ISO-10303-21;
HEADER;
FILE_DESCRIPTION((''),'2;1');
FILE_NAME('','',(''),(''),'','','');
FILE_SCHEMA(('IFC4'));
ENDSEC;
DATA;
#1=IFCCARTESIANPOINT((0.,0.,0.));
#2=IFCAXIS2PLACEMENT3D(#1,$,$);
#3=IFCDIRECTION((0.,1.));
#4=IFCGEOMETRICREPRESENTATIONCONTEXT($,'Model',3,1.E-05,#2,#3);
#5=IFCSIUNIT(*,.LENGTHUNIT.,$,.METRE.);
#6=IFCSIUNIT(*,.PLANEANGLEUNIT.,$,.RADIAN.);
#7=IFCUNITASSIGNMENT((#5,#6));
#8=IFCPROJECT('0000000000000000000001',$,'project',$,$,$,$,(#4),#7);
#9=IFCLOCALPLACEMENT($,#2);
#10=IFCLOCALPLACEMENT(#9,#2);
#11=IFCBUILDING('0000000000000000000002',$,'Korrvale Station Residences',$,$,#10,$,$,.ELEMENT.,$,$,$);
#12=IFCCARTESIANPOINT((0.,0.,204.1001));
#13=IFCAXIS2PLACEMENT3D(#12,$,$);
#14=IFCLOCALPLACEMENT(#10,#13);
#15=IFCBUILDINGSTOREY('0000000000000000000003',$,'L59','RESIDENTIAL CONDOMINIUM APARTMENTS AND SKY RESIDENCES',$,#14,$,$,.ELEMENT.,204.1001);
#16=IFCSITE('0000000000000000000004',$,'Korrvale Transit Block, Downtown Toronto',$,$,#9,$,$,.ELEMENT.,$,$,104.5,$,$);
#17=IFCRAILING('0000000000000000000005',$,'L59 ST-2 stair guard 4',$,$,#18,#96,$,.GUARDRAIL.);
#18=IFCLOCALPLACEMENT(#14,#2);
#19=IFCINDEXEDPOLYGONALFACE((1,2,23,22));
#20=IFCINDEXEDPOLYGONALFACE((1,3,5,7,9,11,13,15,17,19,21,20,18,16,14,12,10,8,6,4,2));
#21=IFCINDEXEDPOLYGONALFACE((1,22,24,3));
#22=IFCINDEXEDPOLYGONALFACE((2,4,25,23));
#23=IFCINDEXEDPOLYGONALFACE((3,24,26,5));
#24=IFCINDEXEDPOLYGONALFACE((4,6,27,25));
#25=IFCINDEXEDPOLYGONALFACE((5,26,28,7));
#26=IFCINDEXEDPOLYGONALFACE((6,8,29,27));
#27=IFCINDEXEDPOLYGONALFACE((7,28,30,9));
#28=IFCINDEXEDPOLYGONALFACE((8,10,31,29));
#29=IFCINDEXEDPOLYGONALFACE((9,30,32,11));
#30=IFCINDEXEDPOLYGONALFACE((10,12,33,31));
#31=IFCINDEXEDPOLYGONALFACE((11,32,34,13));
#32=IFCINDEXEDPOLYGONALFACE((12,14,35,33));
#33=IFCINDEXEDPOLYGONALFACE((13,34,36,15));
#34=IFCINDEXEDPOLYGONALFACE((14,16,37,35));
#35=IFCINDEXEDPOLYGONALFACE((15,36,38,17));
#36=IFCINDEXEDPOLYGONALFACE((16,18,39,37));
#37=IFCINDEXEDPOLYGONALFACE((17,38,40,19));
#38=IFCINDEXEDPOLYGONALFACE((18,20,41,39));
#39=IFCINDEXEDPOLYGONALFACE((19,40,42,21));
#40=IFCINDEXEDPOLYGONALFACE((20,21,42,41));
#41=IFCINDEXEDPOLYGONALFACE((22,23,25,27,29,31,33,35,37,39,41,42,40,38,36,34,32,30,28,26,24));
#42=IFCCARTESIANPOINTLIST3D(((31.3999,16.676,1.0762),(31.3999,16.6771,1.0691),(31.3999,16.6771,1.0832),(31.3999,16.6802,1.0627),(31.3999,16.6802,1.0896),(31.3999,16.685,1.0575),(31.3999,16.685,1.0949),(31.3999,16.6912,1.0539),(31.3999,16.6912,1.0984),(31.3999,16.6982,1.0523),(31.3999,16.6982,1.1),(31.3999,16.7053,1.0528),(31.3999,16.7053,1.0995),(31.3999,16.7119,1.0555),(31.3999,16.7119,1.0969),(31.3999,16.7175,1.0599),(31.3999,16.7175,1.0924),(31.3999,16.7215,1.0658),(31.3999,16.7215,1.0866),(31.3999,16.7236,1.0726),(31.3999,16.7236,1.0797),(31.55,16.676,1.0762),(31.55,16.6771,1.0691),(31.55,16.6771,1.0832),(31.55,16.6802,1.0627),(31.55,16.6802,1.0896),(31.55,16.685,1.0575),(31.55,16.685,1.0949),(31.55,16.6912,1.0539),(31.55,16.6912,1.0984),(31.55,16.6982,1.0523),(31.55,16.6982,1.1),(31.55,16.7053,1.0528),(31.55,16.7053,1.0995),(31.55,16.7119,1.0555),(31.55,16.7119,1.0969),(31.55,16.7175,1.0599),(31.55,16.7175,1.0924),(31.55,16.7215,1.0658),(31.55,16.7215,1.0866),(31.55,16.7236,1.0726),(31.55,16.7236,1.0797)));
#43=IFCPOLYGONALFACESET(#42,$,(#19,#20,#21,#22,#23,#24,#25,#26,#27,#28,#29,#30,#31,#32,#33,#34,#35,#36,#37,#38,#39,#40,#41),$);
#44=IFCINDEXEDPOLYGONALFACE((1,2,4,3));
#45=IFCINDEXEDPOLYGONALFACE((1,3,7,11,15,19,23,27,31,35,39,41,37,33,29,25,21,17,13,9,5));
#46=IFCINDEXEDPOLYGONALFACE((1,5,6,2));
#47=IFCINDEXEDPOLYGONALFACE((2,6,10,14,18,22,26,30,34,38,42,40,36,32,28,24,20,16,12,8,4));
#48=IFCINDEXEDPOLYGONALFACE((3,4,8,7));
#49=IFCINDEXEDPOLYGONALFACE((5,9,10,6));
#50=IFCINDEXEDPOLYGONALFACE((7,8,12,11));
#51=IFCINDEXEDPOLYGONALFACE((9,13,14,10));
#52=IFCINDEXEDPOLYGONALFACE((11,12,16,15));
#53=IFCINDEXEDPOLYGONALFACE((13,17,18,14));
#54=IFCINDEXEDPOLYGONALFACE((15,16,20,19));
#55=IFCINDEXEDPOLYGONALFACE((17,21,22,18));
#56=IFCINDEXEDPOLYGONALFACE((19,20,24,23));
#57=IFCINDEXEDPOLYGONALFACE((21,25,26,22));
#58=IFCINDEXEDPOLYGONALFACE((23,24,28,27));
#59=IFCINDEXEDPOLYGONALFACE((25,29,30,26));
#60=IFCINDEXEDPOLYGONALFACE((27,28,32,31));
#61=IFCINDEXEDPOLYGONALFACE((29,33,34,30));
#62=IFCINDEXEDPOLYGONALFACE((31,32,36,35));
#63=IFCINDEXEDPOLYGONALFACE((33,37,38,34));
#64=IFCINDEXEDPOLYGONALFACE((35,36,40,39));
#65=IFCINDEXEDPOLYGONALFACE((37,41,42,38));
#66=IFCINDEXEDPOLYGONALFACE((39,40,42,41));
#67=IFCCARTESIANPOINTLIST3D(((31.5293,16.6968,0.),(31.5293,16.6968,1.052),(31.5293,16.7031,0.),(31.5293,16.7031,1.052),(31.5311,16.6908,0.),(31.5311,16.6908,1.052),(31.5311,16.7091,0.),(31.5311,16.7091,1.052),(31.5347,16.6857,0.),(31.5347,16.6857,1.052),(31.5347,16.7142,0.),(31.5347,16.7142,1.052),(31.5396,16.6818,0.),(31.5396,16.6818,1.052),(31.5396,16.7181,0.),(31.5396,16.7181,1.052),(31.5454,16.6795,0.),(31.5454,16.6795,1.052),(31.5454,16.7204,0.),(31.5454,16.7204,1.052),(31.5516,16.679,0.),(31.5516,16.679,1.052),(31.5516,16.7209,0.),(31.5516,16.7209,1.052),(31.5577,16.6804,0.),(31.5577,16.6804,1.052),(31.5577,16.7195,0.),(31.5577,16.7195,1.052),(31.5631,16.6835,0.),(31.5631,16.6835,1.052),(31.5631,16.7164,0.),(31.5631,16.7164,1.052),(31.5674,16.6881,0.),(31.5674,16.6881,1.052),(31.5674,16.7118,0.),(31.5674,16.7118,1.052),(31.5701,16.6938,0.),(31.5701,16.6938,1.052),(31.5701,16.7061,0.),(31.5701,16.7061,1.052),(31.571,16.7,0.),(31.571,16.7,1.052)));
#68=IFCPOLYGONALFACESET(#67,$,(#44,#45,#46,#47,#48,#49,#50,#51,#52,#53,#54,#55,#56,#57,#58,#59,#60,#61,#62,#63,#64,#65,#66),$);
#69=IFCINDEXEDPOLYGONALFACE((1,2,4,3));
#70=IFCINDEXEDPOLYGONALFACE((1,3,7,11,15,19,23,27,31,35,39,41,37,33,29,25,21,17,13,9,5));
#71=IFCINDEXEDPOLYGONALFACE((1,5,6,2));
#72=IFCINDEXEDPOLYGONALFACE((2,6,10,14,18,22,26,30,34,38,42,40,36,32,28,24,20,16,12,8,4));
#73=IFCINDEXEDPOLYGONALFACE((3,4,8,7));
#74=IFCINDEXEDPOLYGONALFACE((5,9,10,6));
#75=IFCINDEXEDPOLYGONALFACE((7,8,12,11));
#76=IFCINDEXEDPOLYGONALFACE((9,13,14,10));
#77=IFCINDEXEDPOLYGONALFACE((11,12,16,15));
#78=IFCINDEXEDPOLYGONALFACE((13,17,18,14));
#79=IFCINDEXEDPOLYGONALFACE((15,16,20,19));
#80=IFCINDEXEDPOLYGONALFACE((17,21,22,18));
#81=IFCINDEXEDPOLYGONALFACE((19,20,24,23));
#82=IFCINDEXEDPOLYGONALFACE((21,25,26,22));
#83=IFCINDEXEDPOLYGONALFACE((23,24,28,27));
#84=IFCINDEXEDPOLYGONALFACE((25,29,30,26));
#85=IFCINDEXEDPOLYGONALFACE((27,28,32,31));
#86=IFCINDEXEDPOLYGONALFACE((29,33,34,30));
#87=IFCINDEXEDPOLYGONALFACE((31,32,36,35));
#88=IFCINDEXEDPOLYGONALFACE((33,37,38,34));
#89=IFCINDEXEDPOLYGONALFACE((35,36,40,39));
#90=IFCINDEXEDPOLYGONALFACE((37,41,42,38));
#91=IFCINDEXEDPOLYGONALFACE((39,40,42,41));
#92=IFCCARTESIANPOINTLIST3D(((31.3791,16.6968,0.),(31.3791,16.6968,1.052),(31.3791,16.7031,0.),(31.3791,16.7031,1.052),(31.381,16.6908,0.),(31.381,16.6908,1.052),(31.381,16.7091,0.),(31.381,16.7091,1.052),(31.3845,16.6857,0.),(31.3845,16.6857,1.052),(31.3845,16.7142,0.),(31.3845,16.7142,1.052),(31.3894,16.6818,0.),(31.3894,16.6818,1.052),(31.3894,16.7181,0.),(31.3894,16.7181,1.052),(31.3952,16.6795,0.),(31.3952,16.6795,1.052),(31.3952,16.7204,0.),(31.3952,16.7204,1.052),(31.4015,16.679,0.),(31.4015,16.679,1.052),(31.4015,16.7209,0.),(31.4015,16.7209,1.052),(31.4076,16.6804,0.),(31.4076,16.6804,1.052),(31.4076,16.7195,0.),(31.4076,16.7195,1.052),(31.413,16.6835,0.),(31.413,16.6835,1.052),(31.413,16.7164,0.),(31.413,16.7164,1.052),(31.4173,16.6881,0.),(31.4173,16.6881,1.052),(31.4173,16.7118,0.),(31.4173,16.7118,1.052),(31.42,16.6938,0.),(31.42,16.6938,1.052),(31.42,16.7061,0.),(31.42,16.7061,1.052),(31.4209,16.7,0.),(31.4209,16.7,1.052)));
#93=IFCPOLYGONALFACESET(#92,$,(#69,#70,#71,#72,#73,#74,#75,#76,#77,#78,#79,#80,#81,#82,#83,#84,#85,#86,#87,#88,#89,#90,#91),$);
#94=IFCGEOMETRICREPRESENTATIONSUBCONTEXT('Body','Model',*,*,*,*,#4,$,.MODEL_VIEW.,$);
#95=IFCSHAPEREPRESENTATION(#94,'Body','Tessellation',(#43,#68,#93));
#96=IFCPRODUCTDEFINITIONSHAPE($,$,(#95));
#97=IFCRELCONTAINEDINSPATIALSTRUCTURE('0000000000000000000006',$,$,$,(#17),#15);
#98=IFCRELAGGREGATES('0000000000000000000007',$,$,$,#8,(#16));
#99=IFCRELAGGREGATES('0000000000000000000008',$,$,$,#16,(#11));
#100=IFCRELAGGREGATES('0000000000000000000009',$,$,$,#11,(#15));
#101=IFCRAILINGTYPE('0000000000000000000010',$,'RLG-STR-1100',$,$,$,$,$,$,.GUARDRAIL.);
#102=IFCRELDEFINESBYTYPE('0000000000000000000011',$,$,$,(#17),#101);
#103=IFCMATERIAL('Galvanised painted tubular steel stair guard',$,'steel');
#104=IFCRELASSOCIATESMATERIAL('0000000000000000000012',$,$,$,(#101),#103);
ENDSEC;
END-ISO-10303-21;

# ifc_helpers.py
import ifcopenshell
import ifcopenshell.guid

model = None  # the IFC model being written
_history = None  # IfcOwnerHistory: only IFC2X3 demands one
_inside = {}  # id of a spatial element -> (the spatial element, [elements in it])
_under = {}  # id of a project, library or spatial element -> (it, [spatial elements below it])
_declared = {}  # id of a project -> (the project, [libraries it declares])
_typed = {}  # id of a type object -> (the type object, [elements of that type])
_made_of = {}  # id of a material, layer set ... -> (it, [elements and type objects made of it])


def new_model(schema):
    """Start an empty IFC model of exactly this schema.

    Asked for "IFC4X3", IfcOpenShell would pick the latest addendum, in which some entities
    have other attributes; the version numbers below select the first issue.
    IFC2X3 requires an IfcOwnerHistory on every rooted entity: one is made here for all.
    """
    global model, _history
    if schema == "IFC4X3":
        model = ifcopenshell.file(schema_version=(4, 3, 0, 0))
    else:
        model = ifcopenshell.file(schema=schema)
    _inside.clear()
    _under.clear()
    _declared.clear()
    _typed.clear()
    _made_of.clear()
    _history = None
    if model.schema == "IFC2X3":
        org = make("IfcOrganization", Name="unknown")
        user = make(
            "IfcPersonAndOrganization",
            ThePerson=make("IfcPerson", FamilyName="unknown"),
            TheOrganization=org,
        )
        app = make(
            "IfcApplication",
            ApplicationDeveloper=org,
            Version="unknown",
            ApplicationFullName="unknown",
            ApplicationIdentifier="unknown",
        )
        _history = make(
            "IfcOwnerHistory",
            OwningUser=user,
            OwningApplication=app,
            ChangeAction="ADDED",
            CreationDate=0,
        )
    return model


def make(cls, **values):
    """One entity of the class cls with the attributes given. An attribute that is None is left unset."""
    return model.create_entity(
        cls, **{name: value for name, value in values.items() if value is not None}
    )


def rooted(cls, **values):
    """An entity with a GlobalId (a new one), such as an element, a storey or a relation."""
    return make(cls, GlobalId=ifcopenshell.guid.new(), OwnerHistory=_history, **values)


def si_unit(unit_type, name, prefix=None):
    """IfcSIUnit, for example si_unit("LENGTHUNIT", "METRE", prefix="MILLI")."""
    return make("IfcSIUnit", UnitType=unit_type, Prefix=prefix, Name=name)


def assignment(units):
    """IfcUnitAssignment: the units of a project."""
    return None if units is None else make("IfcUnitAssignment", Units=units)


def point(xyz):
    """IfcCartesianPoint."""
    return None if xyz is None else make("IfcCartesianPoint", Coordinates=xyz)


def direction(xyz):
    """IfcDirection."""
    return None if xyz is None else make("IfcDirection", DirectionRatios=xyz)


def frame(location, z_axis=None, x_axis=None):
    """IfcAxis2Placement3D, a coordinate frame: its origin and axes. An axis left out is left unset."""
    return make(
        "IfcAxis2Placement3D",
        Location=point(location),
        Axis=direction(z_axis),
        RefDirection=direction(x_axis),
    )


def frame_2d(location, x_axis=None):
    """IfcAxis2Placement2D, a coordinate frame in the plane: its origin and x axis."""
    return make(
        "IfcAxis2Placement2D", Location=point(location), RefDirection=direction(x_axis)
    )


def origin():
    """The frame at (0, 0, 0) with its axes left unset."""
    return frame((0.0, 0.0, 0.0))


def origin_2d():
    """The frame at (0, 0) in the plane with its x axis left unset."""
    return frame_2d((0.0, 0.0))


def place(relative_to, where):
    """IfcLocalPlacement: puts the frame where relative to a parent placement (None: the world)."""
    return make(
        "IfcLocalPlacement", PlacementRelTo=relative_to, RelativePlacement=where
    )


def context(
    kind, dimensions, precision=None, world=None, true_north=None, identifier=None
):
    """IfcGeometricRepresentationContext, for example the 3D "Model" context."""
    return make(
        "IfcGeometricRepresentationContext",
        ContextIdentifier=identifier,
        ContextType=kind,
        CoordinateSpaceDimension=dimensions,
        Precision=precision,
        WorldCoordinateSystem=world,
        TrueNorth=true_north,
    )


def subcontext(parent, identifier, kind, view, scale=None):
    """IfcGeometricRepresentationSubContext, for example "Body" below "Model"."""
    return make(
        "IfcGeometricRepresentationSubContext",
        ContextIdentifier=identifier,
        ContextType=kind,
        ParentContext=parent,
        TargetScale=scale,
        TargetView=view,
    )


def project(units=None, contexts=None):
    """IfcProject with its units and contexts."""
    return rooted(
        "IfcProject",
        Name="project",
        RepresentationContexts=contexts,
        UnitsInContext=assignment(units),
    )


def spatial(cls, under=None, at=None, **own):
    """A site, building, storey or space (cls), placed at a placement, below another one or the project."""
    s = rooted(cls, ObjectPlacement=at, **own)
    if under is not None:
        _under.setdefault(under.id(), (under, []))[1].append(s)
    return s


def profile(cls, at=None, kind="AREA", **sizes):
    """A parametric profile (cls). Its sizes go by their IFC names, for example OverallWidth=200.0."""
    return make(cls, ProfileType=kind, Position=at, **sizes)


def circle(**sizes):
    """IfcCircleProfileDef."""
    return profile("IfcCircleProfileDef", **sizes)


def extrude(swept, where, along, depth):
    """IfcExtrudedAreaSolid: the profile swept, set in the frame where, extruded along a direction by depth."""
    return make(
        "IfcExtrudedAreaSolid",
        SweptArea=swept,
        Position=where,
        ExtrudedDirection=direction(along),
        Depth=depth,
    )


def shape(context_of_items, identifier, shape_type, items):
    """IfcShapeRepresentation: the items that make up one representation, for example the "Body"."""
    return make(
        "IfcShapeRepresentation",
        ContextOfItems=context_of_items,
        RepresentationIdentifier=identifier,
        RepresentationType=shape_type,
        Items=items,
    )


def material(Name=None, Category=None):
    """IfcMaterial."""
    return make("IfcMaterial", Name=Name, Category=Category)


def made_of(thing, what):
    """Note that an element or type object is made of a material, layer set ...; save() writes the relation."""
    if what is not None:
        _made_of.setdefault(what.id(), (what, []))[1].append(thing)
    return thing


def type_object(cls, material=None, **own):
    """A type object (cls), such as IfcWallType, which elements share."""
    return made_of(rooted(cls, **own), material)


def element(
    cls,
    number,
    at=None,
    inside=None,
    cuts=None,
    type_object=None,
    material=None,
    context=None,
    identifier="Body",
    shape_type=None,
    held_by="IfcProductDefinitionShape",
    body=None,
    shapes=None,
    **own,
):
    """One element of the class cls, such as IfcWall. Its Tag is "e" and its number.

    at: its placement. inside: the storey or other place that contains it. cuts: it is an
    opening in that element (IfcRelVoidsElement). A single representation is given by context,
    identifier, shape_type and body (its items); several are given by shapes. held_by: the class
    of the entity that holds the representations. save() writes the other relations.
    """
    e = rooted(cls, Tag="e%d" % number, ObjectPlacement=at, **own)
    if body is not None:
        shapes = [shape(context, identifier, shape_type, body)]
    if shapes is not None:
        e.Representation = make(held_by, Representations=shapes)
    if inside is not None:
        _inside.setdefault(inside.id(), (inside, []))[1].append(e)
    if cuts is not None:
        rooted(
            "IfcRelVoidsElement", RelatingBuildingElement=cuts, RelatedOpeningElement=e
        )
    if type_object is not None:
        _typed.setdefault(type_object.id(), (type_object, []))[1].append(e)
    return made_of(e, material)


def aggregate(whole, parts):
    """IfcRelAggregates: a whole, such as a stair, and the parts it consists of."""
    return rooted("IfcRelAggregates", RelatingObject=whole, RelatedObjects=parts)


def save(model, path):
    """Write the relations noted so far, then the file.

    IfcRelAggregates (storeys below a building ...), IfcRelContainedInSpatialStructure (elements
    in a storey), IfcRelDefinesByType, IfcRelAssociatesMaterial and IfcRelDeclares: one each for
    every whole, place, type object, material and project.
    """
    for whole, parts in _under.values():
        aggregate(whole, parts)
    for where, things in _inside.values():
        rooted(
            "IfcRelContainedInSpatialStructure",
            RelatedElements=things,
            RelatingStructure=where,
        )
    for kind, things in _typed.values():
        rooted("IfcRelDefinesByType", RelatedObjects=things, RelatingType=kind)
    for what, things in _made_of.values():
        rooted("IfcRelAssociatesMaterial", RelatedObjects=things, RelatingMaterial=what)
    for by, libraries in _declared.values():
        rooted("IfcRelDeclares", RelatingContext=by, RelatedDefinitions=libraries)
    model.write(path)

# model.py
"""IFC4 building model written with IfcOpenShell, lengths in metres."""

from ifc_helpers import new_model, si_unit, direction, frame, origin, origin_2d, place, context, subcontext, project, spatial, circle, extrude, material, type_object, element, save


model = new_model("IFC4")

# Units and contexts
model_context = context("Model", 3, precision=1e-05, world=origin(), true_north=direction((0.0, 1.0)))
body_context = subcontext(model_context, "Body", "Model", "MODEL_VIEW")
ifc_project = project(units=[si_unit("LENGTHUNIT", "METRE"), si_unit("PLANEANGLEUNIT", "RADIAN")], contexts=[model_context])

# Site, building, storey
site_placement = place(None, origin())
site = spatial("IfcSite", under=ifc_project, at=site_placement, Name="Korrvale Transit Block, Downtown Toronto", CompositionType="ELEMENT", RefElevation=104.5)
building_placement = place(site_placement, origin())
building = spatial("IfcBuilding", under=site, at=building_placement, Name="Korrvale Station Residences", CompositionType="ELEMENT")
storey_placement = place(building_placement, frame((0.0, 0.0, 204.1001)))
storey = spatial("IfcBuildingStorey", under=building, at=storey_placement, Name="L59", Description="RESIDENTIAL CONDOMINIUM APARTMENTS AND SKY RESIDENCES", CompositionType="ELEMENT", Elevation=204.1001)

# Railing
ifc_material_1 = material(Name="Galvanised painted tubular steel stair guard", Category="steel")
railing_type_1 = type_object("IfcRailingType", Name="RLG-STR-1100", PredefinedType="GUARDRAIL", material=ifc_material_1)
railing_1_placement = place(storey_placement, frame((31.55, 16.7, 0.0)))
element("IfcRailing", 1, at=railing_1_placement, inside=storey, type_object=railing_type_1, Name="L59 ST-2 stair guard 4", PredefinedType="GUARDRAIL", context=body_context, shape_type="SweptSolid", body=[
    extrude(circle(Radius=0.0239, at=origin_2d()), frame((0.0, 0.0, 1.0762), z_axis=(-1.0, 0.0, 0.0), x_axis=(0.0, -1.0, 0.0)), (0.0, 0.0, 1.0), 0.1501),
    extrude(circle(Radius=0.021, at=origin_2d()), origin(), (0.0, 0.0, 1.0), 1.052),
    extrude(circle(Radius=0.021, at=origin_2d()), frame((-0.1501, 0.0, 0.0)), (0.0, 0.0, 1.0), 1.052),
])

save(model, "model.ifc")
